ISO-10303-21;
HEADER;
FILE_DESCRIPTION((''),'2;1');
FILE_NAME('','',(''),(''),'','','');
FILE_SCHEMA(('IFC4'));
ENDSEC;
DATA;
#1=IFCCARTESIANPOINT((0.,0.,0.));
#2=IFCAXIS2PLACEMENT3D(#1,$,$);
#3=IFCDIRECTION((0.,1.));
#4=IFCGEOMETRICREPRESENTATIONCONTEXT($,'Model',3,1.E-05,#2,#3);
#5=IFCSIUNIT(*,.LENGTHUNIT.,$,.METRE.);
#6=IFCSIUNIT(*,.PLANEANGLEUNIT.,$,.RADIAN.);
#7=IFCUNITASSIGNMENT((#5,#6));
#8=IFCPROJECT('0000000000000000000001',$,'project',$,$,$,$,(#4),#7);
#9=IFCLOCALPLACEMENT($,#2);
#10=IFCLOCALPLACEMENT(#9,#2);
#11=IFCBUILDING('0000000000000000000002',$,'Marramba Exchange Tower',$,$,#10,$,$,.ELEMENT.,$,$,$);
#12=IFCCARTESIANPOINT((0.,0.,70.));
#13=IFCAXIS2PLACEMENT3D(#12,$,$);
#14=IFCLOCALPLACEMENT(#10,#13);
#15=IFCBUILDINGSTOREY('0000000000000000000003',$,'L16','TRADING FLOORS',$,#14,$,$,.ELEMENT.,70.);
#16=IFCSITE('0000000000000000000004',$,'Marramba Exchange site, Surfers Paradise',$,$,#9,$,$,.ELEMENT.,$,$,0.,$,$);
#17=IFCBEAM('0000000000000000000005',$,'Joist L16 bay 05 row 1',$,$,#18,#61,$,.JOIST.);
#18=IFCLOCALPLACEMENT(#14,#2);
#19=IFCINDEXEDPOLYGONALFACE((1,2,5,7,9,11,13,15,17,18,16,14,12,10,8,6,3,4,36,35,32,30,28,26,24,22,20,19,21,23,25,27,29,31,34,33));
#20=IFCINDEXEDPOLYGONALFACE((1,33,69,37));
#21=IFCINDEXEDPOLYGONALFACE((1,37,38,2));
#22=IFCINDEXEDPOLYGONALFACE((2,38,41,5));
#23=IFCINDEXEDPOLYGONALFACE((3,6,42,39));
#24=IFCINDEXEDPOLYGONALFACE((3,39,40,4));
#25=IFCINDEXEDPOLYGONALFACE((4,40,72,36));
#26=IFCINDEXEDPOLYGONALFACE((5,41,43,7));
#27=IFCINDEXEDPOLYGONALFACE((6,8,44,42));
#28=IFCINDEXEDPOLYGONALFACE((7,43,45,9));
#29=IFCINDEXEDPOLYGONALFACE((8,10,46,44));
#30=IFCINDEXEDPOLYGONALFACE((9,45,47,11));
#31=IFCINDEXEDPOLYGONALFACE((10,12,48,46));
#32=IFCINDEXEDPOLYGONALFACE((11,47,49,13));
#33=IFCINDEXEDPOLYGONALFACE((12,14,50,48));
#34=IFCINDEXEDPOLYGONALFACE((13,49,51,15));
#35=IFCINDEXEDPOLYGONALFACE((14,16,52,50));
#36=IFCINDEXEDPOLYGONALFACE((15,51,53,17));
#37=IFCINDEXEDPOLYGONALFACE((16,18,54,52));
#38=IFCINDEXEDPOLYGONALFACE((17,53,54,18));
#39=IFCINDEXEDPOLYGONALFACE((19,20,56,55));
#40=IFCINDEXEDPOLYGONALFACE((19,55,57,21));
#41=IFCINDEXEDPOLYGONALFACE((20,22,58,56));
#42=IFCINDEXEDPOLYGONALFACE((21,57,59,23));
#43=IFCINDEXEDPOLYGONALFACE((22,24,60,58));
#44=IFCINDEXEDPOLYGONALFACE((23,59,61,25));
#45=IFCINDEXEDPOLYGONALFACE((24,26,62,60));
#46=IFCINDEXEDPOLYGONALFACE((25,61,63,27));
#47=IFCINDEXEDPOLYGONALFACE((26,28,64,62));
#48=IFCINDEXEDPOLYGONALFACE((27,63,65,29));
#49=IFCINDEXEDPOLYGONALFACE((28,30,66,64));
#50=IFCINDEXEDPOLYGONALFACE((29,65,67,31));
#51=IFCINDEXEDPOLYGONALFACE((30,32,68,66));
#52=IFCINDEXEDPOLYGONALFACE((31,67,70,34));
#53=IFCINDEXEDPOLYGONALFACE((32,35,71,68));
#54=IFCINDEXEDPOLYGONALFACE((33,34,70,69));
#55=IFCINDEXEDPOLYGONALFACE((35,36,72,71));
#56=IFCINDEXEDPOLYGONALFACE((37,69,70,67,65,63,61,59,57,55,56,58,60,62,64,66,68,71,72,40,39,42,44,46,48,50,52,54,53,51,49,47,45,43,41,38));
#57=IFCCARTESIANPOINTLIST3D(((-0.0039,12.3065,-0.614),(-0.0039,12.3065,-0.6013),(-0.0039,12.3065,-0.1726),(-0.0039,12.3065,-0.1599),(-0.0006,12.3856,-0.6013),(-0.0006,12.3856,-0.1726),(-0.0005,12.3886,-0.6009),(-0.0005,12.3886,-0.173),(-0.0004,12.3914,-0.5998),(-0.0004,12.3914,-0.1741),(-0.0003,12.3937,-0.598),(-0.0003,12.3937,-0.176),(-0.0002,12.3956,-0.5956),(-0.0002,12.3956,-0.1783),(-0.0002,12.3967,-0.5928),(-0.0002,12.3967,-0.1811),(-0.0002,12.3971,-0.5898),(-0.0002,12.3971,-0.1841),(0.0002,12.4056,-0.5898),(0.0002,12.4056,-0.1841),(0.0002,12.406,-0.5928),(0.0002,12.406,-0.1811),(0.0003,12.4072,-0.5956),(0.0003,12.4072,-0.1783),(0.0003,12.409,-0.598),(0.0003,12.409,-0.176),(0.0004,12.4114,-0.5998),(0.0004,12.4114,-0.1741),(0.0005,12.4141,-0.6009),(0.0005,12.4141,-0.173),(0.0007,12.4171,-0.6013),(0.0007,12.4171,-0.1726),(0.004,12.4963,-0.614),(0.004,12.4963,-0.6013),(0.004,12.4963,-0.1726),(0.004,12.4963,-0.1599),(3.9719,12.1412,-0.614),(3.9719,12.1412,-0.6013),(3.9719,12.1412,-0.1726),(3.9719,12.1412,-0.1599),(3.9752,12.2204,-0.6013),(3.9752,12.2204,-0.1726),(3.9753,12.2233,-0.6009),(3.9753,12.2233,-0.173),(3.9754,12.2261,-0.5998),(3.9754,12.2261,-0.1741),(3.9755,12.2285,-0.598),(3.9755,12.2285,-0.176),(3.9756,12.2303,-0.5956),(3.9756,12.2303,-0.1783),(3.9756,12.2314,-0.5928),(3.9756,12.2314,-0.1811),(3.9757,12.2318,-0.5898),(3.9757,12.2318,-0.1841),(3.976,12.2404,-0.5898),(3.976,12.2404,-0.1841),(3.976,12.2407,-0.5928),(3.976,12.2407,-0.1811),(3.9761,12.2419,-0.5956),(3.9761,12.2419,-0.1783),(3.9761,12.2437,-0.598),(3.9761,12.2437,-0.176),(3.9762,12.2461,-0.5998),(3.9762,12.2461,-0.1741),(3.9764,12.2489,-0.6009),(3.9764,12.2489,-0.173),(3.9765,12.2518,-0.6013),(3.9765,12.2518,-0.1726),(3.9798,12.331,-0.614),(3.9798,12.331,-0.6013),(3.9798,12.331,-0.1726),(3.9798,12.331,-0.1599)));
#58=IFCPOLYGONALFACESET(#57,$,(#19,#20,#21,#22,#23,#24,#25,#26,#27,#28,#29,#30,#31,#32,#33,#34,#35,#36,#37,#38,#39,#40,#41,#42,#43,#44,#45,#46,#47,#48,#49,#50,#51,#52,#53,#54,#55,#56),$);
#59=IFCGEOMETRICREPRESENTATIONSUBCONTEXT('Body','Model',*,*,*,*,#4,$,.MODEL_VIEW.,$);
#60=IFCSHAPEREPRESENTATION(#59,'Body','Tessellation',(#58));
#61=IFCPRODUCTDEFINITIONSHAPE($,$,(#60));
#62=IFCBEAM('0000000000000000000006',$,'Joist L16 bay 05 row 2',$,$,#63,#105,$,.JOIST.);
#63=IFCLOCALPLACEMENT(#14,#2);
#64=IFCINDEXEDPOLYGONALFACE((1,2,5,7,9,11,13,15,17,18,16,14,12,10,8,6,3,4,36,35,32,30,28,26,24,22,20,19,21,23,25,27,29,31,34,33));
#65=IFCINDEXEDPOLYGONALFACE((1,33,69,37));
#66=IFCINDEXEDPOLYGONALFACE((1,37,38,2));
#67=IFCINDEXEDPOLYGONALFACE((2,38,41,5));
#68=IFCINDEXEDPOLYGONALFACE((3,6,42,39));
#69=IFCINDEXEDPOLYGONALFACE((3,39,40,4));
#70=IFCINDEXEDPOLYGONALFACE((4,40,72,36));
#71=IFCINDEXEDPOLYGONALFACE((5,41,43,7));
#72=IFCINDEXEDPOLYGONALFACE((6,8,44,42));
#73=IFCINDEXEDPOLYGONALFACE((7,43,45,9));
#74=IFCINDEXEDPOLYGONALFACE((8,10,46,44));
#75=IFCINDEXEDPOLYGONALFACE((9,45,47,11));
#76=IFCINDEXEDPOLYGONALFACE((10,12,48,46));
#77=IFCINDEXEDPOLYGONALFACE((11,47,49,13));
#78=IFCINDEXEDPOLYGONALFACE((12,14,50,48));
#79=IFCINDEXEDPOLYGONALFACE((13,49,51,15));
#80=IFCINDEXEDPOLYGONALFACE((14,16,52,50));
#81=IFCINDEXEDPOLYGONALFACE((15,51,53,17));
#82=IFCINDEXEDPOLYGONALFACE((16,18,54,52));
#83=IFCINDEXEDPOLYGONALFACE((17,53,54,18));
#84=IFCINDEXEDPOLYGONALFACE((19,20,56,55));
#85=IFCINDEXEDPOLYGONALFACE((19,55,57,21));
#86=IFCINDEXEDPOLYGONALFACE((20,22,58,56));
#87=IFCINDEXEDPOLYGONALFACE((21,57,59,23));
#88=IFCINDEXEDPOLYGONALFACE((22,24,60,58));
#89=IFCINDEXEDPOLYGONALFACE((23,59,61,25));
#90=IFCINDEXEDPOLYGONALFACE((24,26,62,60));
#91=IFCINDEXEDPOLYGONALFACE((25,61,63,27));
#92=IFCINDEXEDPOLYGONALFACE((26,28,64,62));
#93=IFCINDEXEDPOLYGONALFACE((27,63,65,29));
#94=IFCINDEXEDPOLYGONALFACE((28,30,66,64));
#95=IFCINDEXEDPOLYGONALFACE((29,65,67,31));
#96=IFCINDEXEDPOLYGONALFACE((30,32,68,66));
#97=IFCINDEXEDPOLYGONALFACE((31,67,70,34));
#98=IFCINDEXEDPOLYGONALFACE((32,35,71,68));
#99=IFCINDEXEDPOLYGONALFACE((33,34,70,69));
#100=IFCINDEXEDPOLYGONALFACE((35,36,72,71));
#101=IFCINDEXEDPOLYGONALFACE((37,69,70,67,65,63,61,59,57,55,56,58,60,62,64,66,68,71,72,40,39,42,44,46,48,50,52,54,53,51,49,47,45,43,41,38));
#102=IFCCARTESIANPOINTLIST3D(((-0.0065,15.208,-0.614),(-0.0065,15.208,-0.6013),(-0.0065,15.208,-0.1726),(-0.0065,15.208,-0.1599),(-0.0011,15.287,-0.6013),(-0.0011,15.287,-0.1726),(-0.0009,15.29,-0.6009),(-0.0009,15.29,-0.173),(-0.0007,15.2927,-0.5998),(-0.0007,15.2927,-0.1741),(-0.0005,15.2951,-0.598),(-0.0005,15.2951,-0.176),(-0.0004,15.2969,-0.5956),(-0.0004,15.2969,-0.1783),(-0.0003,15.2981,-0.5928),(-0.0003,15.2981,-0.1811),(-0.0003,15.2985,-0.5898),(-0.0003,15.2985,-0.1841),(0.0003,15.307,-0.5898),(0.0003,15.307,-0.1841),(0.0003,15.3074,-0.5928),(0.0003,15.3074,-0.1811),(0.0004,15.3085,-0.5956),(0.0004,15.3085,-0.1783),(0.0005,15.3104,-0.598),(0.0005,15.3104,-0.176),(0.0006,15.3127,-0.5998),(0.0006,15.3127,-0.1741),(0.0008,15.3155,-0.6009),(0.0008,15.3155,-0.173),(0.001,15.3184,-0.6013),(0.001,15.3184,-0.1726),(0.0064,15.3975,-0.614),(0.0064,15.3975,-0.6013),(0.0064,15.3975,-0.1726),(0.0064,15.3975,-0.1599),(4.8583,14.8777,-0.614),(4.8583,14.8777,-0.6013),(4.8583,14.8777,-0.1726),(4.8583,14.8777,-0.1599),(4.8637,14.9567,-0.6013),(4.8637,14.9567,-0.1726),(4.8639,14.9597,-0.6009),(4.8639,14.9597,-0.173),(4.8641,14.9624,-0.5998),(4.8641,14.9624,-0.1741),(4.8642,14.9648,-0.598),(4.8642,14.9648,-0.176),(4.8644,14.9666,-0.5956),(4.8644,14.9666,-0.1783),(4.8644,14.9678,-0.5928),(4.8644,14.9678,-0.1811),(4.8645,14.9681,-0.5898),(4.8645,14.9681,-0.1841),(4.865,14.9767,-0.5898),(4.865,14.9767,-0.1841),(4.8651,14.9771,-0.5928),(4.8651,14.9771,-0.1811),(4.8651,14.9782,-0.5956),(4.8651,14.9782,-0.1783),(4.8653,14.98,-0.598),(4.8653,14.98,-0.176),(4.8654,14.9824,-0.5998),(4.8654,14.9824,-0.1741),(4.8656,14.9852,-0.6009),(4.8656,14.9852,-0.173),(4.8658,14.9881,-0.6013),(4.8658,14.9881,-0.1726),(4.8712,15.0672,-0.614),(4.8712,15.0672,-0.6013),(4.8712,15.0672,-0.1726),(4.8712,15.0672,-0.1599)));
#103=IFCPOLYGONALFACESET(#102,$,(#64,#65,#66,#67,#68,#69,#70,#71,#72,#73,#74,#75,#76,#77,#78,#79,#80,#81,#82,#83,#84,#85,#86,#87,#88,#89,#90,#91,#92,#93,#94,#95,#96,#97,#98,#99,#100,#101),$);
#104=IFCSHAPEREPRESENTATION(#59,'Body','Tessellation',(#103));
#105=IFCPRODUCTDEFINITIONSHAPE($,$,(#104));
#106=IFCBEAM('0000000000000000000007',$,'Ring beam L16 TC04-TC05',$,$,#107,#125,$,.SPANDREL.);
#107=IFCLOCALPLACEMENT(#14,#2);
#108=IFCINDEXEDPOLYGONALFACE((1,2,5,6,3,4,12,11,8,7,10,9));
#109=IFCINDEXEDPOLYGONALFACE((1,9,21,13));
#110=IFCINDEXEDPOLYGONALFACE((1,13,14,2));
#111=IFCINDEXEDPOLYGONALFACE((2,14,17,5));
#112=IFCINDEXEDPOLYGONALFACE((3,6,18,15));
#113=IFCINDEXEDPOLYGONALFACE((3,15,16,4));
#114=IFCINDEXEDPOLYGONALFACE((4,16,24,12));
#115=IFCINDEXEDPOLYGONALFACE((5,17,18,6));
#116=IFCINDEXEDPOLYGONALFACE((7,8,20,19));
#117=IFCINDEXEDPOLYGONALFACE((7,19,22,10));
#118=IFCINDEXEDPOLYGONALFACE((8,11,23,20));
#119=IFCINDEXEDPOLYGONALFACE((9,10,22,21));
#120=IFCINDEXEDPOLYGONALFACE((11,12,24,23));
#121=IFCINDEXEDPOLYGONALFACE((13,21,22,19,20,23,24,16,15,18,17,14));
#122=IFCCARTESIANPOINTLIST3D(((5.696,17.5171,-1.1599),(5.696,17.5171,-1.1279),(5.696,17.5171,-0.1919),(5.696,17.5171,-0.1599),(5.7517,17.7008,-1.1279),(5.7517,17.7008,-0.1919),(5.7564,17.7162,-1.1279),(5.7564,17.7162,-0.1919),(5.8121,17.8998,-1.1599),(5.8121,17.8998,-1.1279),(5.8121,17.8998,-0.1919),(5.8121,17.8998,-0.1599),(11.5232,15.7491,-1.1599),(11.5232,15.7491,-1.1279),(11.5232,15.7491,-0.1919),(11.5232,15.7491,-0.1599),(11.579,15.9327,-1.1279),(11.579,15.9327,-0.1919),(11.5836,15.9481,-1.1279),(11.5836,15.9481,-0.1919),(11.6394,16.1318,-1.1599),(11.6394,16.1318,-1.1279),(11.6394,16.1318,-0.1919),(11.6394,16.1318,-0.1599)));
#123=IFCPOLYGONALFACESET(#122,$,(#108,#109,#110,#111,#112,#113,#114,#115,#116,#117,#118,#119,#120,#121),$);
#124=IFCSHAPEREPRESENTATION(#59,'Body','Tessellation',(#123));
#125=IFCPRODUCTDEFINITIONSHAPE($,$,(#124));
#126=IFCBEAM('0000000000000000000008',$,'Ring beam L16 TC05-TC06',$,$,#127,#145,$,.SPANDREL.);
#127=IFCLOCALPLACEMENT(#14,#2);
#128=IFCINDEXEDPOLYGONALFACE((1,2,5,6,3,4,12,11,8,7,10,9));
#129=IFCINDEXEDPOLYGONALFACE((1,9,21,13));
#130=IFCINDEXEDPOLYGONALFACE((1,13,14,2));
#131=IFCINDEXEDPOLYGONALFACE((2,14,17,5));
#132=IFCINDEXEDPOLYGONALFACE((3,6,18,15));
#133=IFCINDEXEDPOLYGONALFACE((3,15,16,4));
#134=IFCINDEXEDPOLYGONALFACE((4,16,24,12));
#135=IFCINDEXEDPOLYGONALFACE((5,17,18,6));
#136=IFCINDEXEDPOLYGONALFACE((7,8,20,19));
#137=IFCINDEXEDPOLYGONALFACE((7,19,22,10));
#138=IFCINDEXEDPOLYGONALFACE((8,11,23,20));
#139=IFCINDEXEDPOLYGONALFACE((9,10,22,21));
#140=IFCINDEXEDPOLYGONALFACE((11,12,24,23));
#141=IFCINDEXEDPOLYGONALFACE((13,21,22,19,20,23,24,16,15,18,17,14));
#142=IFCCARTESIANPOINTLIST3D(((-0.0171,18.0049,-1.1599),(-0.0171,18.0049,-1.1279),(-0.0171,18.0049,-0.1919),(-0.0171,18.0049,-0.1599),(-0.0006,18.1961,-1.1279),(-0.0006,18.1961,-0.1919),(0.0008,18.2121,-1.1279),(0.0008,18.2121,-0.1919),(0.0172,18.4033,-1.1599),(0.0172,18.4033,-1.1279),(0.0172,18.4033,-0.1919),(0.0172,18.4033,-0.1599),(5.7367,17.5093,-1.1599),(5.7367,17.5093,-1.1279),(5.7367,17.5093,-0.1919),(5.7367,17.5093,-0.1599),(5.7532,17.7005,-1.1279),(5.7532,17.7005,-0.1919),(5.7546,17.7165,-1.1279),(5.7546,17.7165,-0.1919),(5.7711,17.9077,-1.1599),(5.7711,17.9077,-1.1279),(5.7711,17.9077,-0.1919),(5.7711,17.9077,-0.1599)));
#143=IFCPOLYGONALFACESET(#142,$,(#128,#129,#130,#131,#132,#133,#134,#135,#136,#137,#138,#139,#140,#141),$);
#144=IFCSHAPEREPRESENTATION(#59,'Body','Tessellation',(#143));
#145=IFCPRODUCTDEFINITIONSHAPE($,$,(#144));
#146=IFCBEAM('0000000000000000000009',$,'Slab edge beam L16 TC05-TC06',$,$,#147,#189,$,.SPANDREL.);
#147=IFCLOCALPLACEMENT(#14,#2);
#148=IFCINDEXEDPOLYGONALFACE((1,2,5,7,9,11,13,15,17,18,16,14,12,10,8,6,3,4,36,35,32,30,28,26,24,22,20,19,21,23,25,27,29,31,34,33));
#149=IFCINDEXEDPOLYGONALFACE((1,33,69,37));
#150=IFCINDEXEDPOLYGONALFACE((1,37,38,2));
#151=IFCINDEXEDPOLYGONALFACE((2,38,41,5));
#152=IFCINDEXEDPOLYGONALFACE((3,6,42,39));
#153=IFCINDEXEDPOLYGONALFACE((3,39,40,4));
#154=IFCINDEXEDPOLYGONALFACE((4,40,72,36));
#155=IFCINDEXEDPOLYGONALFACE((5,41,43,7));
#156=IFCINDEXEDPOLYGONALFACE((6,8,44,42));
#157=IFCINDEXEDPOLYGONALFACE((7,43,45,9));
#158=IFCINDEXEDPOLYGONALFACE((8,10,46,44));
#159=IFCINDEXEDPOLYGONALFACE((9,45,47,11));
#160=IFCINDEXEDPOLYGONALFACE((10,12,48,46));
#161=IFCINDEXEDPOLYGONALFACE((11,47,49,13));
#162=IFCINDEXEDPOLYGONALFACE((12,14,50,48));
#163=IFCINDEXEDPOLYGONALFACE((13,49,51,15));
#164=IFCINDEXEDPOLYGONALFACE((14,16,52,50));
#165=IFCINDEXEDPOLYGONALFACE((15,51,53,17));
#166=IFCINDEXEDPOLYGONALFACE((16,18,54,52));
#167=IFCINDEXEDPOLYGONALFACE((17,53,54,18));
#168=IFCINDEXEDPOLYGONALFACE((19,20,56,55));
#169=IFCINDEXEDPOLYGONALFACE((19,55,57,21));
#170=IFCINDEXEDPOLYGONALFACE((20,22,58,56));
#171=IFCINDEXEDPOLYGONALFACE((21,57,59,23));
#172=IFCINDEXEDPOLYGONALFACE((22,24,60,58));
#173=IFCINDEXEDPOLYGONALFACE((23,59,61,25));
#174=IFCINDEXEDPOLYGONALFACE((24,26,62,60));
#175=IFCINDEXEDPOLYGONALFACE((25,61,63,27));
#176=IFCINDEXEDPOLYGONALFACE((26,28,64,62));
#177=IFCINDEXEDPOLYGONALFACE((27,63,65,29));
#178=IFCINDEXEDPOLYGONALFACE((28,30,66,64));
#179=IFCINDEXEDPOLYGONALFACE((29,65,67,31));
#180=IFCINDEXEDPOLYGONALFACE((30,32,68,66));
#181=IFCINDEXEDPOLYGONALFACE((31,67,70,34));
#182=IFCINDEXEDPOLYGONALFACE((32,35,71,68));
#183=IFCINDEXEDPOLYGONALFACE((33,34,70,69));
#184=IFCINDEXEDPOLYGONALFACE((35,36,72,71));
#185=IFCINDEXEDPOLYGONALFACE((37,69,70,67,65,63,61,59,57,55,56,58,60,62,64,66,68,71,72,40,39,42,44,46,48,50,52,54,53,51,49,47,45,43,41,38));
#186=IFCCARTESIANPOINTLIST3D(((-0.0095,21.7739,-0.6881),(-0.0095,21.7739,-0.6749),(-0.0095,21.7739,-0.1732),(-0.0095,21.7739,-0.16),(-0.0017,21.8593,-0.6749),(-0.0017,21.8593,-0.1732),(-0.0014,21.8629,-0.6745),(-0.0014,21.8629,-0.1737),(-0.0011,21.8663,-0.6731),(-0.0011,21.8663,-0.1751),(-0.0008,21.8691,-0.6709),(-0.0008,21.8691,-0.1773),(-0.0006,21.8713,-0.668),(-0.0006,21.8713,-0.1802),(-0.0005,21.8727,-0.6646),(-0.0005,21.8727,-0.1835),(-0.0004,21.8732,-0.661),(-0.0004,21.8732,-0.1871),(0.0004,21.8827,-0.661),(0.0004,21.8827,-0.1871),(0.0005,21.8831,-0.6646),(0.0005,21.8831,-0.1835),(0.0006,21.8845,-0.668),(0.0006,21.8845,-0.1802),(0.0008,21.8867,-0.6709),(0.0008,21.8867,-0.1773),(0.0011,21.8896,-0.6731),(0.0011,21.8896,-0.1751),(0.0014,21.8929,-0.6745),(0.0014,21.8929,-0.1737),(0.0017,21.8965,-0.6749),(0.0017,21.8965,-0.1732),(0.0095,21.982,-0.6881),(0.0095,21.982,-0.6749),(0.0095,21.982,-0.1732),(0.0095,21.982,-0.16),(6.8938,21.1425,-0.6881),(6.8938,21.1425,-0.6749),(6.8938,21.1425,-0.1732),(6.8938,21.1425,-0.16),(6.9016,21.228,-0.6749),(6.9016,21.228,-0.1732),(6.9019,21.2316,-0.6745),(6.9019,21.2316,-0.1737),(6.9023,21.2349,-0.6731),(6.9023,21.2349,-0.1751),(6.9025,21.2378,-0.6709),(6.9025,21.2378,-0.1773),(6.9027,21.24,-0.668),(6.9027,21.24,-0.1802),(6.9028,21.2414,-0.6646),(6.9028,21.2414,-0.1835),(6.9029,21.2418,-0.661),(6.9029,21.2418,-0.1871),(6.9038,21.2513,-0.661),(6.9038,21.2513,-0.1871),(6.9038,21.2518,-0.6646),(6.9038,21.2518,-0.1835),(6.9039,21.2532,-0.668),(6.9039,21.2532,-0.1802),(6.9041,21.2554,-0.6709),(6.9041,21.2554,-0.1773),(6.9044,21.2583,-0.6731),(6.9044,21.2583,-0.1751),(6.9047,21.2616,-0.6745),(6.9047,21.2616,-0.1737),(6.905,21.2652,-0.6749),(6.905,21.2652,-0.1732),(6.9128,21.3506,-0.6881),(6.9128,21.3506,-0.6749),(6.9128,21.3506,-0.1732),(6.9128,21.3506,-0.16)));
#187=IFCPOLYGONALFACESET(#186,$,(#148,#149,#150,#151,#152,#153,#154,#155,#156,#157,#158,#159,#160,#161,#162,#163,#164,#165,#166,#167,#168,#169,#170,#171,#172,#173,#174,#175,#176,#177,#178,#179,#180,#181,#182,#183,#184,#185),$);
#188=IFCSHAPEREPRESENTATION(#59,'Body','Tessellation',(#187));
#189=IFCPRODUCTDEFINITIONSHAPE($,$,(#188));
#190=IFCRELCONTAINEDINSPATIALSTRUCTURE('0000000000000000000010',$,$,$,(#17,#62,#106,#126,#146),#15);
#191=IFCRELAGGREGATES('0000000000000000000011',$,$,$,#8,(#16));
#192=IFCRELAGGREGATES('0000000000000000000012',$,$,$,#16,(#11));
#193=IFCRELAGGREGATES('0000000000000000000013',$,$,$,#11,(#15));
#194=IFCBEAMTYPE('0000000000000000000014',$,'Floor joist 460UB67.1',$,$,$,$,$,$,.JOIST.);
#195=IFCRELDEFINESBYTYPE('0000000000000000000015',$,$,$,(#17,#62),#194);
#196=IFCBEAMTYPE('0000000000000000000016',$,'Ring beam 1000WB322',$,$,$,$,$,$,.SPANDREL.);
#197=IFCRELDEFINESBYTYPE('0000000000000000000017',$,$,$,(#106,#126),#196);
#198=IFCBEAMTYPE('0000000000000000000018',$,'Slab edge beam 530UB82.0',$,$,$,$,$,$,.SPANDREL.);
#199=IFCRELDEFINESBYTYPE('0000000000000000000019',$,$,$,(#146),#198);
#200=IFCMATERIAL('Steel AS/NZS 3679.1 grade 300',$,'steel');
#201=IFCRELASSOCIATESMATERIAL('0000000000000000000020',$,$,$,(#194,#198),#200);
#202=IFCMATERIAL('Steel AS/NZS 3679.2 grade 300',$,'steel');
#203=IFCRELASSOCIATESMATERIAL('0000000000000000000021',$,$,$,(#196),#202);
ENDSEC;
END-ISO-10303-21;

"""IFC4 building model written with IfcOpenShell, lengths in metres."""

from ifc_helpers import new_model, si_unit, direction, frame, origin, origin_2d, place, context, subcontext, project, spatial, i_section, extrude, material, material_profile, profile_set, type_object, element, save


model = new_model("IFC4")

# Units and contexts
model_context = context("Model", 3, precision=1e-05, world=origin(), true_north=direction((0.0, 1.0)))
body_context = subcontext(model_context, "Body", "Model", "MODEL_VIEW")
ifc_project = project(units=[si_unit("LENGTHUNIT", "METRE"), si_unit("PLANEANGLEUNIT", "RADIAN")], contexts=[model_context])

# Site, building, storey
site_placement = place(None, origin())
site = spatial("IfcSite", under=ifc_project, at=site_placement, Name="Marramba Exchange site, Surfers Paradise", CompositionType="ELEMENT", RefElevation=0.0)
building_placement = place(site_placement, origin())
building = spatial("IfcBuilding", under=site, at=building_placement, Name="Marramba Exchange Tower", CompositionType="ELEMENT")
storey_placement = place(building_placement, frame((0.0, 0.0, 70.0)))
storey = spatial("IfcBuildingStorey", under=building, at=storey_placement, Name="L16", Description="TRADING FLOORS", CompositionType="ELEMENT", Elevation=70.0)

# Beams
ifc_material_1 = material(Name="Steel AS/NZS 3679.2 grade 300", Category="steel")
ifc_material_2 = material(Name="Steel AS/NZS 3679.1 grade 300", Category="steel")
ifc_material_profile_1 = material_profile(ifc_material_2, i_section(OverallWidth=0.1899, OverallDepth=0.4541, WebThickness=0.0085, FlangeThickness=0.0127, FilletRadius=0.0115, at=origin_2d()), Name="460UB67.1")
ifc_profile_set_1 = profile_set([ifc_material_profile_1], Name="Steel AS/NZS 3679.1 grade 300")
beam_type_1 = type_object("IfcBeamType", Name="Floor joist 460UB67.1", PredefinedType="JOIST", material=ifc_profile_set_1)
beam_1_placement = place(storey_placement, frame((3.9758, 12.2361, -0.387), z_axis=(-0.999137, 0.041536, 0.0), x_axis=(-0.041536, -0.999137, 0.0)))
element("IfcBeam", 1, at=beam_1_placement, inside=storey, type_object=beam_type_1, Name="Joist L16 bay 05 row 1", PredefinedType="JOIST", context=body_context, shape_type="SweptSolid", body=[
    extrude(i_section(OverallWidth=0.1899, OverallDepth=0.4541, WebThickness=0.0085, FlangeThickness=0.0127, FilletRadius=0.0115, at=origin_2d()), origin(), (0.0, 0.0, 1.0), 3.9792),
])
beam_2_placement = place(storey_placement, frame((4.8647, 14.9724, -0.387), z_axis=(-0.997703, 0.067745, 0.0), x_axis=(-0.067745, -0.997703, 0.0)))
element("IfcBeam", 2, at=beam_2_placement, inside=storey, type_object=beam_type_1, Name="Joist L16 bay 05 row 2", PredefinedType="JOIST", context=body_context, shape_type="SweptSolid", body=[
    extrude(i_section(OverallWidth=0.1899, OverallDepth=0.4541, WebThickness=0.0085, FlangeThickness=0.0127, FilletRadius=0.0115, at=origin_2d()), origin(), (0.0, 0.0, 1.0), 4.876),
])
ifc_material_profile_2 = material_profile(ifc_material_1, i_section(OverallWidth=0.3999, OverallDepth=1.0, WebThickness=0.0161, FlangeThickness=0.032, at=origin_2d()), Name="1000WB322")
ifc_profile_set_2 = profile_set([ifc_material_profile_2], Name="Steel AS/NZS 3679.2 grade 300")
beam_type_2 = type_object("IfcBeamType", Name="Ring beam 1000WB322", PredefinedType="SPANDREL", material=ifc_profile_set_2)
beam_3_placement = place(storey_placement, frame((11.5813, 15.9404, -0.6599), z_axis=(-0.956925, 0.290337, 0.0), x_axis=(-0.290337, -0.956925, 0.0)))
element("IfcBeam", 3, at=beam_3_placement, inside=storey, type_object=beam_type_2, Name="Ring beam L16 TC04-TC05", PredefinedType="SPANDREL", context=body_context, shape_type="SweptSolid", body=[
    extrude(i_section(OverallWidth=0.3999, OverallDepth=1.0, WebThickness=0.0161, FlangeThickness=0.032, at=origin_2d()), origin(), (0.0, 0.0, 1.0), 6.0896),
])
beam_4_placement = place(storey_placement, frame((5.7539, 17.7085, -0.6599), z_axis=(-0.996311, 0.085816, 0.0), x_axis=(-0.085816, -0.996311, 0.0)))
element("IfcBeam", 4, at=beam_4_placement, inside=storey, type_object=beam_type_2, Name="Ring beam L16 TC05-TC06", PredefinedType="SPANDREL", context=body_context, shape_type="SweptSolid", body=[
    extrude(i_section(OverallWidth=0.3999, OverallDepth=1.0, WebThickness=0.0161, FlangeThickness=0.032, at=origin_2d()), origin(), (0.0, 0.0, 1.0), 5.7751),
])
ifc_material_profile_3 = material_profile(ifc_material_2, i_section(OverallWidth=0.209, OverallDepth=0.5281, WebThickness=0.0095, FlangeThickness=0.0132, FilletRadius=0.0139, at=origin_2d()), Name="530UB82.0")
ifc_profile_set_3 = profile_set([ifc_material_profile_3], Name="Steel AS/NZS 3679.1 grade 300")
beam_type_3 = type_object("IfcBeamType", Name="Slab edge beam 530UB82.0", PredefinedType="SPANDREL", material=ifc_profile_set_3)
beam_5_placement = place(storey_placement, frame((6.9033, 21.2466, -0.4241), z_axis=(-0.995844, 0.091076, 0.0), x_axis=(-0.091076, -0.995844, 0.0)))
element("IfcBeam", 5, at=beam_5_placement, inside=storey, type_object=beam_type_3, Name="Slab edge beam L16 TC05-TC06", PredefinedType="SPANDREL", context=body_context, shape_type="SweptSolid", body=[
    extrude(i_section(OverallWidth=0.209, OverallDepth=0.5281, WebThickness=0.0095, FlangeThickness=0.0132, FilletRadius=0.0139, at=origin_2d()), origin(), (0.0, 0.0, 1.0), 6.9321),
])

save(model, "model.ifc")
